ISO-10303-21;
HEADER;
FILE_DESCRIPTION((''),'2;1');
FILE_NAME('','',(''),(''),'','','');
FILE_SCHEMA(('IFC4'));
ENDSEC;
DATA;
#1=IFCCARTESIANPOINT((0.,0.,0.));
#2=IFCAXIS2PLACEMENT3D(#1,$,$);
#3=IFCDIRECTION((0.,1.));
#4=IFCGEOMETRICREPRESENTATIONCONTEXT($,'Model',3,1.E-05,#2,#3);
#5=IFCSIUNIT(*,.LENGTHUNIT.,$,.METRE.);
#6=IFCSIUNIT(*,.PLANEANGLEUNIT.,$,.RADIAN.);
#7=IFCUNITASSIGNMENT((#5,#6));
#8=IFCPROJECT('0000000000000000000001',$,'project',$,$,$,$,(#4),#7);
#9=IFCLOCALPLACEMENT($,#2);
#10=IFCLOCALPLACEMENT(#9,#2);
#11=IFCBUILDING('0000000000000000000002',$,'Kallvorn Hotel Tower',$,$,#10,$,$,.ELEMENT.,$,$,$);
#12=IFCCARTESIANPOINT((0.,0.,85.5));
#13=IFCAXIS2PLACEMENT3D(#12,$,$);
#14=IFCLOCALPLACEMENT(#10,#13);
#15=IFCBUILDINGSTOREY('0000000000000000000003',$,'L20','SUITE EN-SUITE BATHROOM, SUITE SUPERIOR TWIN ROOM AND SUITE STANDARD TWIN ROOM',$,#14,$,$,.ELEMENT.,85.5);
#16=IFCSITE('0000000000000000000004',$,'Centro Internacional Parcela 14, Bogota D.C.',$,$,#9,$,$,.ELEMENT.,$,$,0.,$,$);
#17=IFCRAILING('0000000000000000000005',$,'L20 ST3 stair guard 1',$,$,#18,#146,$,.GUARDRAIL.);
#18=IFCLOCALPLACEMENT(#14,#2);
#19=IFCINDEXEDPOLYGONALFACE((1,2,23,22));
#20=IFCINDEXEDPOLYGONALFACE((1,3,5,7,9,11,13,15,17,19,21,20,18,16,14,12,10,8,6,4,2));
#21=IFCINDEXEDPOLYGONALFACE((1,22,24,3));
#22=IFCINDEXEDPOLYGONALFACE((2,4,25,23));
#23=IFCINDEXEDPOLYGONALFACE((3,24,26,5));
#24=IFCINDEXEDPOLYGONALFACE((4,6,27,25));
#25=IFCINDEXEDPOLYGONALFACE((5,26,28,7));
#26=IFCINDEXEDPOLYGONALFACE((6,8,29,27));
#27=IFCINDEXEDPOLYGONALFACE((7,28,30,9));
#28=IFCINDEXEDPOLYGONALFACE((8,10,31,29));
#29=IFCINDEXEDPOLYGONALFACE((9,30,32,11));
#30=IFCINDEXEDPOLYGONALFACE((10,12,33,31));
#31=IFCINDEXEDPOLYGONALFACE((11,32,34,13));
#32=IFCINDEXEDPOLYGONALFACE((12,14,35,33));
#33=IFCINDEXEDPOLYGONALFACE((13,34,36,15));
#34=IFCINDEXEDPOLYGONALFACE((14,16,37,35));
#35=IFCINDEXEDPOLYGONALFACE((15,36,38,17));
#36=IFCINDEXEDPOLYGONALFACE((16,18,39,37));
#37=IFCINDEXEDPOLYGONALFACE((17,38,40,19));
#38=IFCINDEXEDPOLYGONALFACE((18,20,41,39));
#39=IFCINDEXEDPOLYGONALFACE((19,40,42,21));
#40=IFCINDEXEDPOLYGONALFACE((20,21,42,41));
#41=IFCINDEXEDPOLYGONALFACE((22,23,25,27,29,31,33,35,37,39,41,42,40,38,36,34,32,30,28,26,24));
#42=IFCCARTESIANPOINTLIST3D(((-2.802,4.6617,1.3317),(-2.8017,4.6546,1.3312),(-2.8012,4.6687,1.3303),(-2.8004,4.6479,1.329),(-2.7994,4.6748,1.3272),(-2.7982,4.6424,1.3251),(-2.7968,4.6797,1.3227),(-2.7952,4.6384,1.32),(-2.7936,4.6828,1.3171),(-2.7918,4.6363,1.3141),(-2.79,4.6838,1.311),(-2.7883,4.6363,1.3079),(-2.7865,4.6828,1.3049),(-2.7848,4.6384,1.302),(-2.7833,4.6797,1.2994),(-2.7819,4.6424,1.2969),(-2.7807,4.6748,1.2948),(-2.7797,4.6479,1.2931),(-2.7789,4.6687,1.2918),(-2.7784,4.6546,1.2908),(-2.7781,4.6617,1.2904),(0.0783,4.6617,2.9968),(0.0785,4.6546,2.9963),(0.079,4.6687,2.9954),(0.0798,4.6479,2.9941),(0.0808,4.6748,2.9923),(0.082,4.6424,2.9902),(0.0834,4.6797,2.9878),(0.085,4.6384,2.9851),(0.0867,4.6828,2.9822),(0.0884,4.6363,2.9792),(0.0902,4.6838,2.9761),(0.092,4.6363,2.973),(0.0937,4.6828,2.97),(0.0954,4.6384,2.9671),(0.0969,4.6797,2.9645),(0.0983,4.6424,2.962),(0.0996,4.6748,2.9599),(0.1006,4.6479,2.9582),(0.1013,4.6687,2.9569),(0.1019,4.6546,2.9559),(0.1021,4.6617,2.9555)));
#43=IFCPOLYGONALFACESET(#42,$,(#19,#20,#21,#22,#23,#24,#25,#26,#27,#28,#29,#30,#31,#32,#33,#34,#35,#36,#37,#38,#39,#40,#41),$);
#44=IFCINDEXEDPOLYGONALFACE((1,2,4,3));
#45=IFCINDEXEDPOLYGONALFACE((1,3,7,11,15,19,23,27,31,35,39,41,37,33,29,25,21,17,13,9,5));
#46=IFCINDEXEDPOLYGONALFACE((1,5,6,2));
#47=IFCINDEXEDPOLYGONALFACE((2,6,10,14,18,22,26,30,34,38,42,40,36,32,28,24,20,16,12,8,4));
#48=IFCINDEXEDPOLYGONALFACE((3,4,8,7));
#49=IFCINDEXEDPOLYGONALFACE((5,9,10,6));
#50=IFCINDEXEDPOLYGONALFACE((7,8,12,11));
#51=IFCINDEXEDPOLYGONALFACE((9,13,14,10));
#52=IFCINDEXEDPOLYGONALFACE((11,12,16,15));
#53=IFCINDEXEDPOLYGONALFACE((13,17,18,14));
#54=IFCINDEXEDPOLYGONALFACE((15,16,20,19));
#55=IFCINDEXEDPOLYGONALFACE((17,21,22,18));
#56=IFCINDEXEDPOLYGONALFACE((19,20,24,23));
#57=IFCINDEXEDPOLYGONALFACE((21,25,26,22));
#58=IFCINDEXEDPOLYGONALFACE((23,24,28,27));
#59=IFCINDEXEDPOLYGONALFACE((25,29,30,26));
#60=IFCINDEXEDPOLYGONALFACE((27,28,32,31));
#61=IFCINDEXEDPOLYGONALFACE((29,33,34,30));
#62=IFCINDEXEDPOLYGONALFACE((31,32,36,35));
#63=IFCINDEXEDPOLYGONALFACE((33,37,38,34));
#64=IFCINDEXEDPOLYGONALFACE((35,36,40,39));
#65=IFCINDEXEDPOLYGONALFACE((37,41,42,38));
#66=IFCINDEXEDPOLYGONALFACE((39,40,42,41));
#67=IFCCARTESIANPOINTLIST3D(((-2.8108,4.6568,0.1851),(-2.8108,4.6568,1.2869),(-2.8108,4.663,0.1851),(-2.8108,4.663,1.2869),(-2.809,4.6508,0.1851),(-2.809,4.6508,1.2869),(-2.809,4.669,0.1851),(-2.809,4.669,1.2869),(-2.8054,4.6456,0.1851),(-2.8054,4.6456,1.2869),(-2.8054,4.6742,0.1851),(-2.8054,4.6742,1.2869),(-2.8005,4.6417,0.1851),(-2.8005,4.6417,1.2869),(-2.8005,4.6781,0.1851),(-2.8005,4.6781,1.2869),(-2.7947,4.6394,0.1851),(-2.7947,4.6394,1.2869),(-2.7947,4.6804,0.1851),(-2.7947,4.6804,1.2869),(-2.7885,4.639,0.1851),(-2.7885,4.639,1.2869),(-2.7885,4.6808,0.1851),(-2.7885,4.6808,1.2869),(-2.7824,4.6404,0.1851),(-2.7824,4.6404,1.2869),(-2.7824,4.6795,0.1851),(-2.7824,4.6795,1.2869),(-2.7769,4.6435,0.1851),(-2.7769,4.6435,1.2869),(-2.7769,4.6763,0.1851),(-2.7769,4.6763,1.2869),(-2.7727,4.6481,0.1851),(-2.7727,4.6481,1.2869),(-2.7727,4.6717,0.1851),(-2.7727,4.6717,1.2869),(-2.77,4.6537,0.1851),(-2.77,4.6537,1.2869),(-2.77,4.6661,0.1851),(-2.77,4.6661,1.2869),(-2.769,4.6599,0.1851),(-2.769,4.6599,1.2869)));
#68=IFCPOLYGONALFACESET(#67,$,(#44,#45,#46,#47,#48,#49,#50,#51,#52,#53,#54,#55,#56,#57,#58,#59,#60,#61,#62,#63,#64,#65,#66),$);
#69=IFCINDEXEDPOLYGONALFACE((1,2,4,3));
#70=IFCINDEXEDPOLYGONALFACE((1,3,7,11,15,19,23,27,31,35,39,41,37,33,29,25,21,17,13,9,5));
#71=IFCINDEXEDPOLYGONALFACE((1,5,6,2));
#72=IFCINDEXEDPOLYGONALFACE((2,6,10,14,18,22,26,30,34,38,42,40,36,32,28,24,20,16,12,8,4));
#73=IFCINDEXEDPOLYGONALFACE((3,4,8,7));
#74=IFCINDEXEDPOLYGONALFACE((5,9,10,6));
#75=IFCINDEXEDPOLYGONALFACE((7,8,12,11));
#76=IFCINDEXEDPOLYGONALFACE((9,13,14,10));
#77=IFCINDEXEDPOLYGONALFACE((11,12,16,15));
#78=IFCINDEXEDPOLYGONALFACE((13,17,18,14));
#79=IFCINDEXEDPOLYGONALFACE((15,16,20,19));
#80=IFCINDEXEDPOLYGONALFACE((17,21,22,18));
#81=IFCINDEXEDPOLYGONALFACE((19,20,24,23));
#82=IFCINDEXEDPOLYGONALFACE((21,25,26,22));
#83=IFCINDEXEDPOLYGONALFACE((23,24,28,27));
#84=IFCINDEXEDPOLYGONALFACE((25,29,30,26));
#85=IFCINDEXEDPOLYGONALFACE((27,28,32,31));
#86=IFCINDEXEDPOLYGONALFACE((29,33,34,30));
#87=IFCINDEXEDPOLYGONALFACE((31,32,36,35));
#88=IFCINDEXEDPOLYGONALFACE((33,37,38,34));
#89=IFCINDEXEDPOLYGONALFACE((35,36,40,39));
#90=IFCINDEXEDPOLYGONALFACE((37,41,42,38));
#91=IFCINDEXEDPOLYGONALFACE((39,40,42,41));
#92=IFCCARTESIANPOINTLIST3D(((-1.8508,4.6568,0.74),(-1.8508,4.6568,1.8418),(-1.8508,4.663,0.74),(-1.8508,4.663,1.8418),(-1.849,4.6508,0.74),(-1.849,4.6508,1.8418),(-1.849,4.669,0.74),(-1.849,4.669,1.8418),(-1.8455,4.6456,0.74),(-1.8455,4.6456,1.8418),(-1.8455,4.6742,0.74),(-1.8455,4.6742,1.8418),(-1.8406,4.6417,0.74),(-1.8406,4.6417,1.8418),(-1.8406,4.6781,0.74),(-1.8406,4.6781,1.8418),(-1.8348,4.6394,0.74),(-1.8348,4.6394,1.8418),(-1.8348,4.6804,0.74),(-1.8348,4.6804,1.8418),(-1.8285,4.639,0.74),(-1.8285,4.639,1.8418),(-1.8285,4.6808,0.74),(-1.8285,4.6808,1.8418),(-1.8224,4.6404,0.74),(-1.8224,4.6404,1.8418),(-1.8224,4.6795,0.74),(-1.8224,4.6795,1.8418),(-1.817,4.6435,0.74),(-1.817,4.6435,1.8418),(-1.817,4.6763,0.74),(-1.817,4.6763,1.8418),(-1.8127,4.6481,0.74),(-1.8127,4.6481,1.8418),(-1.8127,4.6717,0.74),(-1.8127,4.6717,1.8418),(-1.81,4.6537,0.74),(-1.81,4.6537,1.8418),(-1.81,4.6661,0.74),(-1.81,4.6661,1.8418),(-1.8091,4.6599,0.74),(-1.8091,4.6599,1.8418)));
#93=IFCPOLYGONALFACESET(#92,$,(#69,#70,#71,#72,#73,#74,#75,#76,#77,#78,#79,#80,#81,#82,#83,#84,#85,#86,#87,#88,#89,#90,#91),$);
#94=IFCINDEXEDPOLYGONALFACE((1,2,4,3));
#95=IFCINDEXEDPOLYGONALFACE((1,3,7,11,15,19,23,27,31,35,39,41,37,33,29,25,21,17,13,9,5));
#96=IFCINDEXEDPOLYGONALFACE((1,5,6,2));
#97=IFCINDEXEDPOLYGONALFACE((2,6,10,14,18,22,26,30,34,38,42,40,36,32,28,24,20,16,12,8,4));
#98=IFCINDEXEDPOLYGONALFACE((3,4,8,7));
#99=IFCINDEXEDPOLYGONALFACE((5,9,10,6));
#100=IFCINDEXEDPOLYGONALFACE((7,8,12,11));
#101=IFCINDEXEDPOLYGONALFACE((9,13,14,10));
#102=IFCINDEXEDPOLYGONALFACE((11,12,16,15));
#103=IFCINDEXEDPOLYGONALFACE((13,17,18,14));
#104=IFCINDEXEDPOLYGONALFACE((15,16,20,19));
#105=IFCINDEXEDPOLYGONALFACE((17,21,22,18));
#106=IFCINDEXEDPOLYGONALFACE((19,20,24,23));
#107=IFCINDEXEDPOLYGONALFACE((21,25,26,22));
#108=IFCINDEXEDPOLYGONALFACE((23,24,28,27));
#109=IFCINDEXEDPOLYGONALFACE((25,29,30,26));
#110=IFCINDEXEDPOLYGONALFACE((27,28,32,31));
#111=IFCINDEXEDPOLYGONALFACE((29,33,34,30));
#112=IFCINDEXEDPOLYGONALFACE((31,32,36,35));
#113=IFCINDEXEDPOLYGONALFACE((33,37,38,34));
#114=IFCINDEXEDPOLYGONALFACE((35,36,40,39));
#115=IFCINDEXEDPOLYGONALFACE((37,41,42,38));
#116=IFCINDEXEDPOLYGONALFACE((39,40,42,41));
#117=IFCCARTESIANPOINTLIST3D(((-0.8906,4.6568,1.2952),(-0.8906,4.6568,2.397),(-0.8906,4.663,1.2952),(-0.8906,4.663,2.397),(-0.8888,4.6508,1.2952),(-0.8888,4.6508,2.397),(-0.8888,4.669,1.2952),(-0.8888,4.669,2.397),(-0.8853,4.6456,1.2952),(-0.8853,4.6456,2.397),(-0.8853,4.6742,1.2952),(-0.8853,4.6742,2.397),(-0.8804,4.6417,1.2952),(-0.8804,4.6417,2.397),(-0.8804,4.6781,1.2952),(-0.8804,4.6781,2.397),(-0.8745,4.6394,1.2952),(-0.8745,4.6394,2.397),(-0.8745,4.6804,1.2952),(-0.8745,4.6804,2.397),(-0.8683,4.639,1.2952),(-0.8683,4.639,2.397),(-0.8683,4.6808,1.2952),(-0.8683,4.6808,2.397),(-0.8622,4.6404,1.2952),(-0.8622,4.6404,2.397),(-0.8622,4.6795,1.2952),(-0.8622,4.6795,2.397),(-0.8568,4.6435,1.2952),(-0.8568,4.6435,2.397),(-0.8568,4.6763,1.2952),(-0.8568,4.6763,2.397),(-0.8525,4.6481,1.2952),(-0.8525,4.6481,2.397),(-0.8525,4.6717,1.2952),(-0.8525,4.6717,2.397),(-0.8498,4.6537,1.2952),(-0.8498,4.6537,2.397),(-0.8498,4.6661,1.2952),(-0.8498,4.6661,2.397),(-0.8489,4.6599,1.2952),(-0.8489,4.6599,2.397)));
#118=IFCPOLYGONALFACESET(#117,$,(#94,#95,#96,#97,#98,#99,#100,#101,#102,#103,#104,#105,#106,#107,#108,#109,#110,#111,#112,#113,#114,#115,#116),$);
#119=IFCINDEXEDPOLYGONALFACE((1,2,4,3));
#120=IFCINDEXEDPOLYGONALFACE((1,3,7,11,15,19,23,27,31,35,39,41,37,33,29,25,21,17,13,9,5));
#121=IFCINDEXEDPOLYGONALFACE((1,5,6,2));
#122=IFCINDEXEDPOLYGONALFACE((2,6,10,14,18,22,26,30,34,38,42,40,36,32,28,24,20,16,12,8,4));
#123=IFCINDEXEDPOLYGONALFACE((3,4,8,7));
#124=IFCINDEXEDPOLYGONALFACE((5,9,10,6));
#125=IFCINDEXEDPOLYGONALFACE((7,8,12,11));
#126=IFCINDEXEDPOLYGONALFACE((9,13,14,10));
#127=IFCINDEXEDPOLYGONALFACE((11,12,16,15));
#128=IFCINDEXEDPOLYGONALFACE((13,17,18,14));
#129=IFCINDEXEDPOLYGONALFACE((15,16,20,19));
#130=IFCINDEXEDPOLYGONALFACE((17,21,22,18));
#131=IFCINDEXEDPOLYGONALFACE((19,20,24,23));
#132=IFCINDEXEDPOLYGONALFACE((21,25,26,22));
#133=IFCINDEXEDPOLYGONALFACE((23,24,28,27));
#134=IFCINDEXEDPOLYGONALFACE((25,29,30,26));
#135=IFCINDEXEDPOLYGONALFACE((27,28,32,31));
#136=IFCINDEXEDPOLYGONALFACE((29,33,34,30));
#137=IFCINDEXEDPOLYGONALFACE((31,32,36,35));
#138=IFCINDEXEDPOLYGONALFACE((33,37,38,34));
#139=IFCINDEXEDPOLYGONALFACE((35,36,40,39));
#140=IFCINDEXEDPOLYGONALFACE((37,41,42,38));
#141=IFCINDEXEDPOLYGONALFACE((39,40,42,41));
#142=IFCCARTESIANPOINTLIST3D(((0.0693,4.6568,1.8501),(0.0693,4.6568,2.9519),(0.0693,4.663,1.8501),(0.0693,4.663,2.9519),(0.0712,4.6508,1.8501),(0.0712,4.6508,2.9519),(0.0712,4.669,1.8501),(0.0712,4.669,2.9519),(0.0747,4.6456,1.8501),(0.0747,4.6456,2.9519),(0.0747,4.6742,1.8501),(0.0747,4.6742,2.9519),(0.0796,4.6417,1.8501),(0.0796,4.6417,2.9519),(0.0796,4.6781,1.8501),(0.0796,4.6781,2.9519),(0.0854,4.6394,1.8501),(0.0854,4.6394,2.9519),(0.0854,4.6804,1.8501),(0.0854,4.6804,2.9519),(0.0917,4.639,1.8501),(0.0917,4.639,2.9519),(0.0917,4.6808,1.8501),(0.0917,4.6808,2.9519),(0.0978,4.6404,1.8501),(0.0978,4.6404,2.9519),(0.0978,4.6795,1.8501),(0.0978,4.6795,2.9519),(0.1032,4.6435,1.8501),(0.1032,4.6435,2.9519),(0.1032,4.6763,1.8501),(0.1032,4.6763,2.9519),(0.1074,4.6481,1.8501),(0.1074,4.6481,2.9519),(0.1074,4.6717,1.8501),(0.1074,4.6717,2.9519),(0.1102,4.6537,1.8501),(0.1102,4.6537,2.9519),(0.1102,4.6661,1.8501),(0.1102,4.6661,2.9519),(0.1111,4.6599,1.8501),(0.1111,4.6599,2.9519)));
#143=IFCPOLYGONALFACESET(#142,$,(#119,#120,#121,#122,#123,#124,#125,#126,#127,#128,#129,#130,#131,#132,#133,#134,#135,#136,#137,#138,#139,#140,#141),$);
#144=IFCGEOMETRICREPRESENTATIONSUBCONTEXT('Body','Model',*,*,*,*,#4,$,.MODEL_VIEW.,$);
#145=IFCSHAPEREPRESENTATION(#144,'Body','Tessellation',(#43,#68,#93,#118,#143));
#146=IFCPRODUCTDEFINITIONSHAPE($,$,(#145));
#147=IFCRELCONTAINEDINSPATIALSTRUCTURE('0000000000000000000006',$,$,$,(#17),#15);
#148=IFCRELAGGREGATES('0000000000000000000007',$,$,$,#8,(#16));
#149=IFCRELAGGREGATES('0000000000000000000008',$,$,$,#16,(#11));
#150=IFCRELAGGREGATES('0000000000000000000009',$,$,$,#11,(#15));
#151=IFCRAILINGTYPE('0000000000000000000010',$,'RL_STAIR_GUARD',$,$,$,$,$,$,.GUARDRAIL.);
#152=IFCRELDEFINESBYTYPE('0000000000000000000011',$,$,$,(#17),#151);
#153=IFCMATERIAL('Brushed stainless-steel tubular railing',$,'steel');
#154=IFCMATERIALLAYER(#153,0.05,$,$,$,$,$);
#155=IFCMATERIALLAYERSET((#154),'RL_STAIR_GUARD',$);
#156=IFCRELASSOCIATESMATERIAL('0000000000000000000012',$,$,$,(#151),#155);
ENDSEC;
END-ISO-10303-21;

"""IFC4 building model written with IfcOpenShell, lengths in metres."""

from ifc_helpers import new_model, si_unit, direction, frame, origin, origin_2d, place, context, subcontext, project, spatial, circle, extrude, material, layer, layer_set, type_object, element, save


model = new_model("IFC4")

# Units and contexts
model_context = context("Model", 3, precision=1e-05, world=origin(), true_north=direction((0.0, 1.0)))
body_context = subcontext(model_context, "Body", "Model", "MODEL_VIEW")
ifc_project = project(units=[si_unit("LENGTHUNIT", "METRE"), si_unit("PLANEANGLEUNIT", "RADIAN")], contexts=[model_context])

# Site, building, storey
site_placement = place(None, origin())
site = spatial("IfcSite", under=ifc_project, at=site_placement, Name="Centro Internacional Parcela 14, Bogota D.C.", CompositionType="ELEMENT", RefElevation=0.0)
building_placement = place(site_placement, origin())
building = spatial("IfcBuilding", under=site, at=building_placement, Name="Kallvorn Hotel Tower", CompositionType="ELEMENT")
storey_placement = place(building_placement, frame((0.0, 0.0, 85.5)))
storey = spatial("IfcBuildingStorey", under=building, at=storey_placement, Name="L20", Description="SUITE EN-SUITE BATHROOM, SUITE SUPERIOR TWIN ROOM AND SUITE STANDARD TWIN ROOM", CompositionType="ELEMENT", Elevation=85.5)

# Railing
ifc_material_1 = material(Name="Brushed stainless-steel tubular railing", Category="steel")
ifc_layer_1 = layer(ifc_material_1, 0.05)
ifc_layer_set_1 = layer_set([ifc_layer_1], Name="RL_STAIR_GUARD")
railing_type_1 = type_object("IfcRailingType", Name="RL_STAIR_GUARD", PredefinedType="GUARDRAIL", material=ifc_layer_set_1)
railing_1_placement = place(storey_placement, frame((-2.79, 4.6599, 0.1851)))
element("IfcRailing", 1, at=railing_1_placement, inside=storey, type_object=railing_type_1, Name="L20 ST3 stair guard 1", PredefinedType="GUARDRAIL", context=body_context, shape_type="SweptSolid", body=[
    extrude(circle(Radius=0.0239, at=origin_2d()), frame((0.0, 0.0, 1.126), z_axis=(0.865739, 0.0, 0.500495), x_axis=(0.0, 1.0, 0.0)), (0.0, 0.0, 1.0), 3.3269),
    extrude(circle(Radius=0.021, at=origin_2d()), origin(), (0.0, 0.0, 1.0), 1.1018),
    extrude(circle(Radius=0.021, at=origin_2d()), frame((0.96, 0.0, 0.5549)), (0.0, 0.0, 1.0), 1.1018),
    extrude(circle(Radius=0.021, at=origin_2d()), frame((1.9202, 0.0, 1.1101)), (0.0, 0.0, 1.0), 1.1018),
    extrude(circle(Radius=0.021, at=origin_2d()), frame((2.8801, 0.0, 1.665)), (0.0, 0.0, 1.0), 1.1018),
])

save(model, "model.ifc")
